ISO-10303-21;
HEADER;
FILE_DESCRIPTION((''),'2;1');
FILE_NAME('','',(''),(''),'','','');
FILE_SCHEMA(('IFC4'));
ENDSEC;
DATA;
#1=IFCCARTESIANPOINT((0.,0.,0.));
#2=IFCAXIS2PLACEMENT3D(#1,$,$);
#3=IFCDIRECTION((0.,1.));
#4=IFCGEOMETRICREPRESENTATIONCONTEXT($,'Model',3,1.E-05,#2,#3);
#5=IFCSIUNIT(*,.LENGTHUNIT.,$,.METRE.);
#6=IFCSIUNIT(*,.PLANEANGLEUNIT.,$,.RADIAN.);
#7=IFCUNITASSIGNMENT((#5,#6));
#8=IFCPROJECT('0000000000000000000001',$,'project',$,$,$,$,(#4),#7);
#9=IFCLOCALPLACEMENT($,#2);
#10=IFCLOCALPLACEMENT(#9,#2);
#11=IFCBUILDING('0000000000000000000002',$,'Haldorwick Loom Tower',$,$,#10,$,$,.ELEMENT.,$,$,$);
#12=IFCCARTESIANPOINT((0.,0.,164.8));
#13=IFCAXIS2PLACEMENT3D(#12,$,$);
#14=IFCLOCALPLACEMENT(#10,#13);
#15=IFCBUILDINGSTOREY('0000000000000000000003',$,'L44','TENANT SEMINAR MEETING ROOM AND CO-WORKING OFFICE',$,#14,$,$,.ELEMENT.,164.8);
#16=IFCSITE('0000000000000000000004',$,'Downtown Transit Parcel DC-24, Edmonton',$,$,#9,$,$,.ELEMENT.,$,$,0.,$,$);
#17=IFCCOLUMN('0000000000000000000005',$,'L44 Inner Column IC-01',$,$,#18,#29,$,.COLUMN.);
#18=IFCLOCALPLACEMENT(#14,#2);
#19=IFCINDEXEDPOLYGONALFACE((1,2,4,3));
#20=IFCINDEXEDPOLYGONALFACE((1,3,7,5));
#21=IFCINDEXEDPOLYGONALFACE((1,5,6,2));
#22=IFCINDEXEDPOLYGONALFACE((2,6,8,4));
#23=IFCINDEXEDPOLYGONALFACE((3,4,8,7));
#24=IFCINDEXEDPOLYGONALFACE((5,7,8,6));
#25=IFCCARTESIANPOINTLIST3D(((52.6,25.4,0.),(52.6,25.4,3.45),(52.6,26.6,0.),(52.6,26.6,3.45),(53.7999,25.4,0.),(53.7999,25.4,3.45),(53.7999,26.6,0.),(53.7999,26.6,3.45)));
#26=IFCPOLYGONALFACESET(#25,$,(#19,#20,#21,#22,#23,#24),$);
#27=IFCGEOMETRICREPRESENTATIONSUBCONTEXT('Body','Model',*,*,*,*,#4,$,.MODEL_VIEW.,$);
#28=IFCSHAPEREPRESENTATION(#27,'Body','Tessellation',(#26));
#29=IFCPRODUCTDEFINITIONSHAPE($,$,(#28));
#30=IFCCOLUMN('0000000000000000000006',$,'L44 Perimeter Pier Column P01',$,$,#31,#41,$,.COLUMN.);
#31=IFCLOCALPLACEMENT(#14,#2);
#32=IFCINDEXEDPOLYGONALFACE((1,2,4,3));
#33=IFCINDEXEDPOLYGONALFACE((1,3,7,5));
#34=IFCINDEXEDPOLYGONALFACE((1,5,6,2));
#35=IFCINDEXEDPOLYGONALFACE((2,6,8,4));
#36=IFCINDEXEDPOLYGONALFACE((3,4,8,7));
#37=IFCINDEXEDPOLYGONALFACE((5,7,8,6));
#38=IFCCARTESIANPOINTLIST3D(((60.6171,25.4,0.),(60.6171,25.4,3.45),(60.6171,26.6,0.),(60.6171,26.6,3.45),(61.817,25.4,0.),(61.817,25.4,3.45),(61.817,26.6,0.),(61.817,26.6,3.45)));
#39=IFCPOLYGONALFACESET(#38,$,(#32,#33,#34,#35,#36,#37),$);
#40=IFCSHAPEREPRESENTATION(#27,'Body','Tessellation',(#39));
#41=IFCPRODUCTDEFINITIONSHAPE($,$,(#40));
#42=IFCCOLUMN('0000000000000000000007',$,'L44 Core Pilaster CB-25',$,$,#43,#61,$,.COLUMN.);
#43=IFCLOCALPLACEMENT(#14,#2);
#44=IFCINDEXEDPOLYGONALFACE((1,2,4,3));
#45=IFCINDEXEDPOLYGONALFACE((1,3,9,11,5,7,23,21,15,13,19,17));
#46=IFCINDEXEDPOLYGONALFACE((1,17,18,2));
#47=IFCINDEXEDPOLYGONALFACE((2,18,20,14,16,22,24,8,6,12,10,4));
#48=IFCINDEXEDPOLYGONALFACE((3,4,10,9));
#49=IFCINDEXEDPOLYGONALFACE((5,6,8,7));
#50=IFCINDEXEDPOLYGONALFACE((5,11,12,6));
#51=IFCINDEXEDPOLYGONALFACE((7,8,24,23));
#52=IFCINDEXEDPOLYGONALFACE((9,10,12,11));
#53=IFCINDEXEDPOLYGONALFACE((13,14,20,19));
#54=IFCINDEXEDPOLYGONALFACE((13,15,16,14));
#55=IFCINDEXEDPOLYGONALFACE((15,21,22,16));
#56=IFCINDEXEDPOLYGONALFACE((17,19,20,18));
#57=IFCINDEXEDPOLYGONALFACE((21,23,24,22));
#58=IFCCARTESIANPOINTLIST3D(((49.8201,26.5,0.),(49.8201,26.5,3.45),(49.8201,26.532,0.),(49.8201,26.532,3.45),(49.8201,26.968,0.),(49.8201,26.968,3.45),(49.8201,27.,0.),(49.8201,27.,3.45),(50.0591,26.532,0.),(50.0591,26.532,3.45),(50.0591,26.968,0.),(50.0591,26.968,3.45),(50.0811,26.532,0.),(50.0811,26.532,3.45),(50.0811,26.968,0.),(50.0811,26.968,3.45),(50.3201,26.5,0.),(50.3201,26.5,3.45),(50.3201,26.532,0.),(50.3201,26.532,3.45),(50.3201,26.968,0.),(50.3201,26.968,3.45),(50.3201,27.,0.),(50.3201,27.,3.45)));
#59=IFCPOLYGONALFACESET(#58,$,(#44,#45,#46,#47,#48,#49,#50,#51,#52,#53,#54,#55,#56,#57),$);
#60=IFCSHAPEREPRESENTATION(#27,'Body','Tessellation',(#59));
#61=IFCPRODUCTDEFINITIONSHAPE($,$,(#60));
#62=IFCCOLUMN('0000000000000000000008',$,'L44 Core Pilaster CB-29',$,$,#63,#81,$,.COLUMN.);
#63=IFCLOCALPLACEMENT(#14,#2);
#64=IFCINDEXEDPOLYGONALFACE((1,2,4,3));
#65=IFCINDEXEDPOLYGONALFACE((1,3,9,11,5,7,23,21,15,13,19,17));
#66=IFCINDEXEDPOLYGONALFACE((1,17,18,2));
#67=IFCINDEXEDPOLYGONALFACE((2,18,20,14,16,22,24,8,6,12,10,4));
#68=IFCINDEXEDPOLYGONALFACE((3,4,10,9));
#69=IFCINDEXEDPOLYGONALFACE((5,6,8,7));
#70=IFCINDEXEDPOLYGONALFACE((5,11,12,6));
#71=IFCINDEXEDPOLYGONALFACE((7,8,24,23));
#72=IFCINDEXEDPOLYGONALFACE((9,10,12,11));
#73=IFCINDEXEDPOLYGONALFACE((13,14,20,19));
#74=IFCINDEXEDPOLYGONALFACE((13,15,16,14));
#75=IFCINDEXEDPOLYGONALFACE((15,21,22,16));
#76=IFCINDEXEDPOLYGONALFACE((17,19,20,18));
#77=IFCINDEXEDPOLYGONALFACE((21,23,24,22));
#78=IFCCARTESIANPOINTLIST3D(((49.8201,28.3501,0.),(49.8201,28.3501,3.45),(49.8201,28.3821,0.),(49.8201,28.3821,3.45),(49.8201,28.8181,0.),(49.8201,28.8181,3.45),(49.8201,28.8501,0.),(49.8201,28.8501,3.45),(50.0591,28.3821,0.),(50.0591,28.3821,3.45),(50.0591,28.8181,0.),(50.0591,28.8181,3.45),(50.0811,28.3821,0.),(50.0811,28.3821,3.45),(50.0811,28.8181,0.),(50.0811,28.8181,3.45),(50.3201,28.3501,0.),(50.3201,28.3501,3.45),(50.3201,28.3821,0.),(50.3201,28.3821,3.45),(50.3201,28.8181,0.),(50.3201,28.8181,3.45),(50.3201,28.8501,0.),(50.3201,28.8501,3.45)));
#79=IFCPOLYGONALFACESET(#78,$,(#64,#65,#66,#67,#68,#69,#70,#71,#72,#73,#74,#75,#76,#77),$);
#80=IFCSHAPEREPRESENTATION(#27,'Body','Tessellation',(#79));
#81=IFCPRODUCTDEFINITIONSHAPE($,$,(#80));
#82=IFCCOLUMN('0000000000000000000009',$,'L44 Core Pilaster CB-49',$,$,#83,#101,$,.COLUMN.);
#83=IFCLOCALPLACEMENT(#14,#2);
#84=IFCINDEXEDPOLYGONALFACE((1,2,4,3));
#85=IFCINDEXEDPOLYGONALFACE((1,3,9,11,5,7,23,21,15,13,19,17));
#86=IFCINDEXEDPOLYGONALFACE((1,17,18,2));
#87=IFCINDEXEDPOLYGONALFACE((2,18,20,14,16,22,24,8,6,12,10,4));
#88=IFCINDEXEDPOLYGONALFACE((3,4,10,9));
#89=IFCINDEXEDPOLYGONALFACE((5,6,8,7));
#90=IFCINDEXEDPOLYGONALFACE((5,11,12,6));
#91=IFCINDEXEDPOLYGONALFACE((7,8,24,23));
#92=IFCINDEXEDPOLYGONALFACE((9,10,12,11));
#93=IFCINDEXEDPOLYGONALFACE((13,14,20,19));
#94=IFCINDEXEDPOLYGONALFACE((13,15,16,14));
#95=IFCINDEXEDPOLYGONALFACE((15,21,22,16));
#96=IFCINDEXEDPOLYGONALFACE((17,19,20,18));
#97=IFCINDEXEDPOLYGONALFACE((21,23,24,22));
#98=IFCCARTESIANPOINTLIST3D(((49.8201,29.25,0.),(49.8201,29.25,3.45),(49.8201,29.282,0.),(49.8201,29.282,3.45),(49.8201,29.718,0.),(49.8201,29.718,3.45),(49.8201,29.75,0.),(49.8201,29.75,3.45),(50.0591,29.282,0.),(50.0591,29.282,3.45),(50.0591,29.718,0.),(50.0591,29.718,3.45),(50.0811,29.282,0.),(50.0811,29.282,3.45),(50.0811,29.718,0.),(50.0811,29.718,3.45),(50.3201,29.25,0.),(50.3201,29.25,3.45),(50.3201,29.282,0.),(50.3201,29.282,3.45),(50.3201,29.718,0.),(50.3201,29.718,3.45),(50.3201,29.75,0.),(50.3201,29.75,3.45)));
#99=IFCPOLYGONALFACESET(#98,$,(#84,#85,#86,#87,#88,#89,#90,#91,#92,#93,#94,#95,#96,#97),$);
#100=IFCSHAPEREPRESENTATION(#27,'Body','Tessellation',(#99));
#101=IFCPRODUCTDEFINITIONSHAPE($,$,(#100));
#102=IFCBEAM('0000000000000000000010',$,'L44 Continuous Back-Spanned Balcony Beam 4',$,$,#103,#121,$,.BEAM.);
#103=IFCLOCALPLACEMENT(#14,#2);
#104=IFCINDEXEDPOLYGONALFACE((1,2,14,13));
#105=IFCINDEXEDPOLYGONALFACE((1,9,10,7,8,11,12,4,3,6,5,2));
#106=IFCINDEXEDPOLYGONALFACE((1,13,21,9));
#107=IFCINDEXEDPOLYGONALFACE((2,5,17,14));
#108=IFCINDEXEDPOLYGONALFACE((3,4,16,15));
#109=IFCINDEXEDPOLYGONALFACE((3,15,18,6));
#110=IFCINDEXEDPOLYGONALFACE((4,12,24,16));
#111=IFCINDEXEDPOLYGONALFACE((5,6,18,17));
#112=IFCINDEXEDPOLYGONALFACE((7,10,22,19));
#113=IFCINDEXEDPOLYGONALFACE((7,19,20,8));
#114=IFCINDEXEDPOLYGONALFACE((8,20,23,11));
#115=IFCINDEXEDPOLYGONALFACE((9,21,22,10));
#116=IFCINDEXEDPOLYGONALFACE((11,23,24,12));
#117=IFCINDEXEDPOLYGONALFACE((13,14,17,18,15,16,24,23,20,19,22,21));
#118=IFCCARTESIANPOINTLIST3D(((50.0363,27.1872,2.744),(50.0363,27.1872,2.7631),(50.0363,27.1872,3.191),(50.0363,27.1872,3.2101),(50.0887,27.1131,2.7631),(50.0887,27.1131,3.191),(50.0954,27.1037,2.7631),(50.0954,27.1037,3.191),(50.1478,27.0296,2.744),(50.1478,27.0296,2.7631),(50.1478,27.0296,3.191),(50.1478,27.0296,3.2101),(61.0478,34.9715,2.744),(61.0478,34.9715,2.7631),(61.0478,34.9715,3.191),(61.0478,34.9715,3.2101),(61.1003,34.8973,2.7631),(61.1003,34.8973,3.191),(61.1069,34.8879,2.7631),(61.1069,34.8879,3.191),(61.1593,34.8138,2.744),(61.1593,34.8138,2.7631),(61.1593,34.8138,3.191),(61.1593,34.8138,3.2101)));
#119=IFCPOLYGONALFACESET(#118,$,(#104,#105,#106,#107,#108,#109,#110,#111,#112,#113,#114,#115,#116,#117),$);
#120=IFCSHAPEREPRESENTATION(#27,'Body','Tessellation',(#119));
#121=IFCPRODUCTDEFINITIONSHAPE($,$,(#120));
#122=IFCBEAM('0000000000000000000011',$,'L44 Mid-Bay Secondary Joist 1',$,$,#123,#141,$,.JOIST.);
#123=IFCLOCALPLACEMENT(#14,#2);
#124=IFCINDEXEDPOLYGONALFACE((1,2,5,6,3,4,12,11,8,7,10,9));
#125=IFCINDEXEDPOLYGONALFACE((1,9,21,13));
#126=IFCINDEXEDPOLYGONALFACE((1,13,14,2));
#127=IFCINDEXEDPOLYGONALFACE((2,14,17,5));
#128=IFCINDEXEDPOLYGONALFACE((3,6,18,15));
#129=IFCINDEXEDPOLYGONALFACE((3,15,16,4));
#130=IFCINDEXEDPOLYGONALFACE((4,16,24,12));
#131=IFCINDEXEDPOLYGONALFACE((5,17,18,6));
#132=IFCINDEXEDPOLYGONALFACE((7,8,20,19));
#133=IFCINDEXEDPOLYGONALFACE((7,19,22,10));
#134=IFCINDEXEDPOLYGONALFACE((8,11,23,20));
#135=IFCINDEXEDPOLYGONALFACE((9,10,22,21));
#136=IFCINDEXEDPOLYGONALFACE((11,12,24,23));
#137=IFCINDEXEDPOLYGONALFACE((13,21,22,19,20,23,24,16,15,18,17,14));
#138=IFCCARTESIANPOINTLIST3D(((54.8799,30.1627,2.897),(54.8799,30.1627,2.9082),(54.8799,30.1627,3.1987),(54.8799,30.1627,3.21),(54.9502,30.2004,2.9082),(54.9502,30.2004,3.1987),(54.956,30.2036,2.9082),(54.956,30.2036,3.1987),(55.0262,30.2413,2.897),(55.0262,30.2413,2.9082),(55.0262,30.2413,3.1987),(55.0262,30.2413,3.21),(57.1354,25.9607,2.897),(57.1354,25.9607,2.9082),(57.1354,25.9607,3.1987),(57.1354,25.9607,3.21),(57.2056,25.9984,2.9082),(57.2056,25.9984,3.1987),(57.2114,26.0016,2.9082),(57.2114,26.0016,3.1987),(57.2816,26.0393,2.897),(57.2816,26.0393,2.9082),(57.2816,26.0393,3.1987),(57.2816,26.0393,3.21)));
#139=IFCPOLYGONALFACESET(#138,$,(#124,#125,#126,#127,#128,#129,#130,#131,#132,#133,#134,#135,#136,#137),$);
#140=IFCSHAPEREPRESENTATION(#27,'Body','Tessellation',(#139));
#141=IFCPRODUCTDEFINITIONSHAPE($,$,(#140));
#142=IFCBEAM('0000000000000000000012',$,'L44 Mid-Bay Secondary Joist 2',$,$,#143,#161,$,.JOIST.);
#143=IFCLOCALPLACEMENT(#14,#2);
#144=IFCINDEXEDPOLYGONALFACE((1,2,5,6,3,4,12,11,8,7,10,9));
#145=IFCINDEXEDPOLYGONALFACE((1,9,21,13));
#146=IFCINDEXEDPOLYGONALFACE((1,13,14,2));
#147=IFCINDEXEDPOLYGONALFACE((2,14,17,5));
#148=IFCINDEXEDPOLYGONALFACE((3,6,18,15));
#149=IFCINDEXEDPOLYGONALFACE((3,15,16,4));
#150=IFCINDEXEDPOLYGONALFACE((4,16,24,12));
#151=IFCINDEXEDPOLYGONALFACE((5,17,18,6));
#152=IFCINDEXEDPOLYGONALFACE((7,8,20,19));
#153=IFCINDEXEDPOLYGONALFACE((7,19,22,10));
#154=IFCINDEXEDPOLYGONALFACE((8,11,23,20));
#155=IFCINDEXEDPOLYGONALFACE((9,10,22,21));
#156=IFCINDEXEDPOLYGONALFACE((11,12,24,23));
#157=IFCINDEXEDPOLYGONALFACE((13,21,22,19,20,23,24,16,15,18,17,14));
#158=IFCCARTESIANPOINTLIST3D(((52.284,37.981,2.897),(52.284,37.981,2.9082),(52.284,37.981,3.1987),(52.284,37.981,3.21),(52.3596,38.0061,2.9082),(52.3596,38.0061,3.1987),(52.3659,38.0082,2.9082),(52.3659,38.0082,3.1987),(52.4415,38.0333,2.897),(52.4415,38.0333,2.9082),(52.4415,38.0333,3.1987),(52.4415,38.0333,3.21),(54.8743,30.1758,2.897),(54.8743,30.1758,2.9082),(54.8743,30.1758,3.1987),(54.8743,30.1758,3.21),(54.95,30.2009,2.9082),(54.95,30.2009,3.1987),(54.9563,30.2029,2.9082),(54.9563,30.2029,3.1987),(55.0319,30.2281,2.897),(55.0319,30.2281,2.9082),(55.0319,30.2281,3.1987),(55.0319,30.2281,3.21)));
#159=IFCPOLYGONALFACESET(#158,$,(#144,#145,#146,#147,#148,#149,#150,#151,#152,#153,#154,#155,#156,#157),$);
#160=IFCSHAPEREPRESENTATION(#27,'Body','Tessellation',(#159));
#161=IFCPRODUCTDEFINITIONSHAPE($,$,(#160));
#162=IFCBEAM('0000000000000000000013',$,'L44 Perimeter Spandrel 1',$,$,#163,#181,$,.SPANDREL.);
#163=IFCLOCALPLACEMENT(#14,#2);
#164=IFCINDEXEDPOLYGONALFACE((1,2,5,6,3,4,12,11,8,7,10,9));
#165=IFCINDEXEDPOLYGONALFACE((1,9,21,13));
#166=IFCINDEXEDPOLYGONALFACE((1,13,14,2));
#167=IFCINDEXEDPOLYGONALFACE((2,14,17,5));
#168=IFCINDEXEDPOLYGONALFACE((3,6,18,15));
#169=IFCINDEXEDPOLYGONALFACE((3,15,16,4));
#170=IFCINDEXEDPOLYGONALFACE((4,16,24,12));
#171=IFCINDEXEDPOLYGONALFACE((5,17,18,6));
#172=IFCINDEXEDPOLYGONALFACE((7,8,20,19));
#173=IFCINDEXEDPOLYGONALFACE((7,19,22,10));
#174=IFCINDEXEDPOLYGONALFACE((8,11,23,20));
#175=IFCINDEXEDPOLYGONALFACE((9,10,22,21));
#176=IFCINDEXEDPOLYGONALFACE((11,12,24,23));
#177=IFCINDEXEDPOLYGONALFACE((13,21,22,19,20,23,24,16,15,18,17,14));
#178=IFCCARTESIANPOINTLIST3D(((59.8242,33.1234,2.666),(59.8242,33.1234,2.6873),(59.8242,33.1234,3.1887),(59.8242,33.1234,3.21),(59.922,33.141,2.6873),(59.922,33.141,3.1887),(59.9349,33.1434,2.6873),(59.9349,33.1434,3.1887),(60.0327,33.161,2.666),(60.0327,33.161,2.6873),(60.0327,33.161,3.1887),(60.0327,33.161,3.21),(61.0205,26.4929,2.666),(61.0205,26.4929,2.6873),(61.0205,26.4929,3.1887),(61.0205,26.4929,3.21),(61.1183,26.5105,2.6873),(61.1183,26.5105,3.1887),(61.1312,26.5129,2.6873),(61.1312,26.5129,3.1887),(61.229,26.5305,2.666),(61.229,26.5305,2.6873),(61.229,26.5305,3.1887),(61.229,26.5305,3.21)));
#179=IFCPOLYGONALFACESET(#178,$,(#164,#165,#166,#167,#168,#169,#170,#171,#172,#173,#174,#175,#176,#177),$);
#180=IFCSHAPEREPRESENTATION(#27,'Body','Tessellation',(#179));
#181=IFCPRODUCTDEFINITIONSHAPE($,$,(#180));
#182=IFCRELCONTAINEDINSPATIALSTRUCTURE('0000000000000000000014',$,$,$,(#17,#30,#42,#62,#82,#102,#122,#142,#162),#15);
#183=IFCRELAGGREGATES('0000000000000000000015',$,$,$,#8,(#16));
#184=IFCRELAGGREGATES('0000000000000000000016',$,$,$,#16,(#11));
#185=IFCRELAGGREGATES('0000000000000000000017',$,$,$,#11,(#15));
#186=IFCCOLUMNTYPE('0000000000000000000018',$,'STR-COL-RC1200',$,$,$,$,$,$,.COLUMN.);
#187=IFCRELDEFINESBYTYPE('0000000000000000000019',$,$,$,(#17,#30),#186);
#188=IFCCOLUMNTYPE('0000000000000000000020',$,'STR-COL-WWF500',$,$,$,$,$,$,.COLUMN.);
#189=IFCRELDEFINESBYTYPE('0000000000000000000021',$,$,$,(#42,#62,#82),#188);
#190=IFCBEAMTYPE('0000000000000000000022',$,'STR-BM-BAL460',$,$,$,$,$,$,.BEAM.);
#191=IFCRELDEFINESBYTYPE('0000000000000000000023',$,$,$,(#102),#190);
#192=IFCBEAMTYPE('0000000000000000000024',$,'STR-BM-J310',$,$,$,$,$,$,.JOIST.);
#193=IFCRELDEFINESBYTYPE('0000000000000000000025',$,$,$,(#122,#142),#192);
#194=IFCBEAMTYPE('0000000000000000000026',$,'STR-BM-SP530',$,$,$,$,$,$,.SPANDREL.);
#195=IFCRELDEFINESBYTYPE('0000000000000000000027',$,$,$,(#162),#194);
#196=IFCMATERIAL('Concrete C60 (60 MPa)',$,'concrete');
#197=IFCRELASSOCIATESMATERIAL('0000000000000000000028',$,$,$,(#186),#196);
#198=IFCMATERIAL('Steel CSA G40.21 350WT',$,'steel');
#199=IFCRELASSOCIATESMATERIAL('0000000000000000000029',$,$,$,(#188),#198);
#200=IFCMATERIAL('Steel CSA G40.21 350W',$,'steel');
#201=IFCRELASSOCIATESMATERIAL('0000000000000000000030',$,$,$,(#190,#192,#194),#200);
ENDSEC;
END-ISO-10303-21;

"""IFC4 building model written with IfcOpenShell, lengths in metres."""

from ifc_helpers import new_model, si_unit, direction, frame, origin, origin_2d, place, context, subcontext, project, spatial, rectangle, i_section, extrude, material, material_profile, profile_set, type_object, element, save


model = new_model("IFC4")

# Units and contexts
model_context = context("Model", 3, precision=1e-05, world=origin(), true_north=direction((0.0, 1.0)))
body_context = subcontext(model_context, "Body", "Model", "MODEL_VIEW")
ifc_project = project(units=[si_unit("LENGTHUNIT", "METRE"), si_unit("PLANEANGLEUNIT", "RADIAN")], contexts=[model_context])

# Site, building, storey
site_placement = place(None, origin())
site = spatial("IfcSite", under=ifc_project, at=site_placement, Name="Downtown Transit Parcel DC-24, Edmonton", CompositionType="ELEMENT", RefElevation=0.0)
building_placement = place(site_placement, origin())
building = spatial("IfcBuilding", under=site, at=building_placement, Name="Haldorwick Loom Tower", CompositionType="ELEMENT")
storey_placement = place(building_placement, frame((0.0, 0.0, 164.8)))
storey = spatial("IfcBuildingStorey", under=building, at=storey_placement, Name="L44", Description="TENANT SEMINAR MEETING ROOM AND CO-WORKING OFFICE", CompositionType="ELEMENT", Elevation=164.8)

# Columns
ifc_material_1 = material(Name="Concrete C60 (60 MPa)", Category="concrete")
ifc_material_profile_1 = material_profile(ifc_material_1, rectangle(XDim=1.2, YDim=1.2, at=origin_2d()), Name="RC1200X1200", Category="concrete")
ifc_profile_set_1 = profile_set([ifc_material_profile_1], Name="Concrete C60 (60 MPa)")
column_type_1 = type_object("IfcColumnType", Name="STR-COL-RC1200", PredefinedType="COLUMN", material=ifc_profile_set_1)
for number, where, z_axis, x_axis, name in (
    (1, (53.2, 26.0, 0.0), (0.0, 0.0, 1.0), (1.0, 0.0, 0.0), "L44 Inner Column IC-01"),
    (2, (61.217, 26.0, 0.0), (0.0, 0.0, 1.0), (1.0, 0.0, 0.0), "L44 Perimeter Pier Column P01"),
):
    element("IfcColumn", number, at=place(storey_placement, frame(where, z_axis=z_axis, x_axis=x_axis)), inside=storey, type_object=column_type_1, Name=name, PredefinedType="COLUMN", context=body_context, shape_type="SweptSolid", body=[
        extrude(rectangle(XDim=1.2, YDim=1.2, at=origin_2d()), origin(), (0.0, 0.0, 1.0), 3.45),
    ])
ifc_material_2 = material(Name="Steel CSA G40.21 350WT", Category="steel")
ifc_material_profile_2 = material_profile(ifc_material_2, i_section(OverallWidth=0.5, OverallDepth=0.5, WebThickness=0.022, FlangeThickness=0.032, at=origin_2d()), Name="WWF500X500", Category="steel")
ifc_profile_set_2 = profile_set([ifc_material_profile_2], Name="Steel CSA G40.21 350WT")
column_type_2 = type_object("IfcColumnType", Name="STR-COL-WWF500", PredefinedType="COLUMN", material=ifc_profile_set_2)
for number, where, z_axis, x_axis, name in (
    (3, (50.0701, 26.75, 0.0), (0.0, 0.0, 1.0), (1.0, 0.0, 0.0), "L44 Core Pilaster CB-25"),
    (4, (50.0701, 28.6001, 0.0), (0.0, 0.0, 1.0), (1.0, 0.0, 0.0), "L44 Core Pilaster CB-29"),
    (5, (50.0701, 29.5, 0.0), (0.0, 0.0, 1.0), (1.0, 0.0, 0.0), "L44 Core Pilaster CB-49"),
):
    element("IfcColumn", number, at=place(storey_placement, frame(where, z_axis=z_axis, x_axis=x_axis)), inside=storey, type_object=column_type_2, Name=name, PredefinedType="COLUMN", context=body_context, shape_type="SweptSolid", body=[
        extrude(i_section(OverallWidth=0.5, OverallDepth=0.5, WebThickness=0.022, FlangeThickness=0.032, at=origin_2d()), origin(), (0.0, 0.0, 1.0), 3.45),
    ])

# Beams
ifc_material_3 = material(Name="Steel CSA G40.21 350W", Category="steel")
ifc_material_profile_3 = material_profile(ifc_material_3, i_section(OverallWidth=0.1931, OverallDepth=0.4661, WebThickness=0.0115, FlangeThickness=0.019, at=origin_2d()), Name="W460X97", Category="steel")
ifc_profile_set_3 = profile_set([ifc_material_profile_3], Name="Steel CSA G40.21 350W")
beam_type_1 = type_object("IfcBeamType", Name="STR-BM-BAL460", PredefinedType="BEAM", material=ifc_profile_set_3)
beam_1_placement = place(storey_placement, frame((50.092, 27.1084, 2.9771), z_axis=(0.81657, 0.577246, 0.0), x_axis=(-0.577246, 0.81657, 0.0)))
element("IfcBeam", 6, at=beam_1_placement, inside=storey, type_object=beam_type_1, Name="L44 Continuous Back-Spanned Balcony Beam 4", PredefinedType="BEAM", context=body_context, shape_type="SweptSolid", body=[
    extrude(i_section(OverallWidth=0.1931, OverallDepth=0.4661, WebThickness=0.0115, FlangeThickness=0.019, at=origin_2d()), origin(), (0.0, 0.0, 1.0), 13.4851),
])
ifc_material_profile_4 = material_profile(ifc_material_3, i_section(OverallWidth=0.166, OverallDepth=0.313, WebThickness=0.0066, FlangeThickness=0.0112, at=origin_2d()), Name="W310X45", Category="steel")
ifc_profile_set_4 = profile_set([ifc_material_profile_4], Name="Steel CSA G40.21 350W")
beam_type_2 = type_object("IfcBeamType", Name="STR-BM-J310", PredefinedType="JOIST", material=ifc_profile_set_4)
beam_2_placement = place(storey_placement, frame((57.2085, 26.0, 3.0535), z_axis=(-0.47293, 0.8811, 0.0), x_axis=(-0.8811, -0.47293, 0.0)))
element("IfcBeam", 7, at=beam_2_placement, inside=storey, type_object=beam_type_2, Name="L44 Mid-Bay Secondary Joist 1", PredefinedType="JOIST", context=body_context, shape_type="SweptSolid", body=[
    extrude(i_section(OverallWidth=0.166, OverallDepth=0.313, WebThickness=0.0066, FlangeThickness=0.0112, at=origin_2d()), origin(), (0.0, 0.0, 1.0), 4.769),
])
beam_3_placement = place(storey_placement, frame((54.9531, 30.2019, 3.0535), z_axis=(-0.314981, 0.949098, 0.0), x_axis=(-0.949098, -0.314981, 0.0)))
element("IfcBeam", 8, at=beam_3_placement, inside=storey, type_object=beam_type_2, Name="L44 Mid-Bay Secondary Joist 2", PredefinedType="JOIST", context=body_context, shape_type="SweptSolid", body=[
    extrude(i_section(OverallWidth=0.166, OverallDepth=0.313, WebThickness=0.0066, FlangeThickness=0.0112, at=origin_2d()), origin(), (0.0, 0.0, 1.0), 8.2239),
])
ifc_material_profile_5 = material_profile(ifc_material_3, i_section(OverallWidth=0.2119, OverallDepth=0.5439, WebThickness=0.0132, FlangeThickness=0.0212, at=origin_2d()), Name="W530X123", Category="steel")
ifc_profile_set_5 = profile_set([ifc_material_profile_5], Name="Steel CSA G40.21 350W")
beam_type_3 = type_object("IfcBeamType", Name="STR-BM-SP530", PredefinedType="SPANDREL", material=ifc_profile_set_5)
beam_4_placement = place(storey_placement, frame((61.1248, 26.5117, 2.938), z_axis=(-0.177559, 0.98411, 0.0), x_axis=(-0.98411, -0.177559, 0.0)))
element("IfcBeam", 9, at=beam_4_placement, inside=storey, type_object=beam_type_3, Name="L44 Perimeter Spandrel 1", PredefinedType="SPANDREL", context=body_context, shape_type="SweptSolid", body=[
    extrude(i_section(OverallWidth=0.2119, OverallDepth=0.5439, WebThickness=0.0132, FlangeThickness=0.0212, at=origin_2d()), origin(), (0.0, 0.0, 1.0), 6.7375),
])

save(model, "model.ifc")
